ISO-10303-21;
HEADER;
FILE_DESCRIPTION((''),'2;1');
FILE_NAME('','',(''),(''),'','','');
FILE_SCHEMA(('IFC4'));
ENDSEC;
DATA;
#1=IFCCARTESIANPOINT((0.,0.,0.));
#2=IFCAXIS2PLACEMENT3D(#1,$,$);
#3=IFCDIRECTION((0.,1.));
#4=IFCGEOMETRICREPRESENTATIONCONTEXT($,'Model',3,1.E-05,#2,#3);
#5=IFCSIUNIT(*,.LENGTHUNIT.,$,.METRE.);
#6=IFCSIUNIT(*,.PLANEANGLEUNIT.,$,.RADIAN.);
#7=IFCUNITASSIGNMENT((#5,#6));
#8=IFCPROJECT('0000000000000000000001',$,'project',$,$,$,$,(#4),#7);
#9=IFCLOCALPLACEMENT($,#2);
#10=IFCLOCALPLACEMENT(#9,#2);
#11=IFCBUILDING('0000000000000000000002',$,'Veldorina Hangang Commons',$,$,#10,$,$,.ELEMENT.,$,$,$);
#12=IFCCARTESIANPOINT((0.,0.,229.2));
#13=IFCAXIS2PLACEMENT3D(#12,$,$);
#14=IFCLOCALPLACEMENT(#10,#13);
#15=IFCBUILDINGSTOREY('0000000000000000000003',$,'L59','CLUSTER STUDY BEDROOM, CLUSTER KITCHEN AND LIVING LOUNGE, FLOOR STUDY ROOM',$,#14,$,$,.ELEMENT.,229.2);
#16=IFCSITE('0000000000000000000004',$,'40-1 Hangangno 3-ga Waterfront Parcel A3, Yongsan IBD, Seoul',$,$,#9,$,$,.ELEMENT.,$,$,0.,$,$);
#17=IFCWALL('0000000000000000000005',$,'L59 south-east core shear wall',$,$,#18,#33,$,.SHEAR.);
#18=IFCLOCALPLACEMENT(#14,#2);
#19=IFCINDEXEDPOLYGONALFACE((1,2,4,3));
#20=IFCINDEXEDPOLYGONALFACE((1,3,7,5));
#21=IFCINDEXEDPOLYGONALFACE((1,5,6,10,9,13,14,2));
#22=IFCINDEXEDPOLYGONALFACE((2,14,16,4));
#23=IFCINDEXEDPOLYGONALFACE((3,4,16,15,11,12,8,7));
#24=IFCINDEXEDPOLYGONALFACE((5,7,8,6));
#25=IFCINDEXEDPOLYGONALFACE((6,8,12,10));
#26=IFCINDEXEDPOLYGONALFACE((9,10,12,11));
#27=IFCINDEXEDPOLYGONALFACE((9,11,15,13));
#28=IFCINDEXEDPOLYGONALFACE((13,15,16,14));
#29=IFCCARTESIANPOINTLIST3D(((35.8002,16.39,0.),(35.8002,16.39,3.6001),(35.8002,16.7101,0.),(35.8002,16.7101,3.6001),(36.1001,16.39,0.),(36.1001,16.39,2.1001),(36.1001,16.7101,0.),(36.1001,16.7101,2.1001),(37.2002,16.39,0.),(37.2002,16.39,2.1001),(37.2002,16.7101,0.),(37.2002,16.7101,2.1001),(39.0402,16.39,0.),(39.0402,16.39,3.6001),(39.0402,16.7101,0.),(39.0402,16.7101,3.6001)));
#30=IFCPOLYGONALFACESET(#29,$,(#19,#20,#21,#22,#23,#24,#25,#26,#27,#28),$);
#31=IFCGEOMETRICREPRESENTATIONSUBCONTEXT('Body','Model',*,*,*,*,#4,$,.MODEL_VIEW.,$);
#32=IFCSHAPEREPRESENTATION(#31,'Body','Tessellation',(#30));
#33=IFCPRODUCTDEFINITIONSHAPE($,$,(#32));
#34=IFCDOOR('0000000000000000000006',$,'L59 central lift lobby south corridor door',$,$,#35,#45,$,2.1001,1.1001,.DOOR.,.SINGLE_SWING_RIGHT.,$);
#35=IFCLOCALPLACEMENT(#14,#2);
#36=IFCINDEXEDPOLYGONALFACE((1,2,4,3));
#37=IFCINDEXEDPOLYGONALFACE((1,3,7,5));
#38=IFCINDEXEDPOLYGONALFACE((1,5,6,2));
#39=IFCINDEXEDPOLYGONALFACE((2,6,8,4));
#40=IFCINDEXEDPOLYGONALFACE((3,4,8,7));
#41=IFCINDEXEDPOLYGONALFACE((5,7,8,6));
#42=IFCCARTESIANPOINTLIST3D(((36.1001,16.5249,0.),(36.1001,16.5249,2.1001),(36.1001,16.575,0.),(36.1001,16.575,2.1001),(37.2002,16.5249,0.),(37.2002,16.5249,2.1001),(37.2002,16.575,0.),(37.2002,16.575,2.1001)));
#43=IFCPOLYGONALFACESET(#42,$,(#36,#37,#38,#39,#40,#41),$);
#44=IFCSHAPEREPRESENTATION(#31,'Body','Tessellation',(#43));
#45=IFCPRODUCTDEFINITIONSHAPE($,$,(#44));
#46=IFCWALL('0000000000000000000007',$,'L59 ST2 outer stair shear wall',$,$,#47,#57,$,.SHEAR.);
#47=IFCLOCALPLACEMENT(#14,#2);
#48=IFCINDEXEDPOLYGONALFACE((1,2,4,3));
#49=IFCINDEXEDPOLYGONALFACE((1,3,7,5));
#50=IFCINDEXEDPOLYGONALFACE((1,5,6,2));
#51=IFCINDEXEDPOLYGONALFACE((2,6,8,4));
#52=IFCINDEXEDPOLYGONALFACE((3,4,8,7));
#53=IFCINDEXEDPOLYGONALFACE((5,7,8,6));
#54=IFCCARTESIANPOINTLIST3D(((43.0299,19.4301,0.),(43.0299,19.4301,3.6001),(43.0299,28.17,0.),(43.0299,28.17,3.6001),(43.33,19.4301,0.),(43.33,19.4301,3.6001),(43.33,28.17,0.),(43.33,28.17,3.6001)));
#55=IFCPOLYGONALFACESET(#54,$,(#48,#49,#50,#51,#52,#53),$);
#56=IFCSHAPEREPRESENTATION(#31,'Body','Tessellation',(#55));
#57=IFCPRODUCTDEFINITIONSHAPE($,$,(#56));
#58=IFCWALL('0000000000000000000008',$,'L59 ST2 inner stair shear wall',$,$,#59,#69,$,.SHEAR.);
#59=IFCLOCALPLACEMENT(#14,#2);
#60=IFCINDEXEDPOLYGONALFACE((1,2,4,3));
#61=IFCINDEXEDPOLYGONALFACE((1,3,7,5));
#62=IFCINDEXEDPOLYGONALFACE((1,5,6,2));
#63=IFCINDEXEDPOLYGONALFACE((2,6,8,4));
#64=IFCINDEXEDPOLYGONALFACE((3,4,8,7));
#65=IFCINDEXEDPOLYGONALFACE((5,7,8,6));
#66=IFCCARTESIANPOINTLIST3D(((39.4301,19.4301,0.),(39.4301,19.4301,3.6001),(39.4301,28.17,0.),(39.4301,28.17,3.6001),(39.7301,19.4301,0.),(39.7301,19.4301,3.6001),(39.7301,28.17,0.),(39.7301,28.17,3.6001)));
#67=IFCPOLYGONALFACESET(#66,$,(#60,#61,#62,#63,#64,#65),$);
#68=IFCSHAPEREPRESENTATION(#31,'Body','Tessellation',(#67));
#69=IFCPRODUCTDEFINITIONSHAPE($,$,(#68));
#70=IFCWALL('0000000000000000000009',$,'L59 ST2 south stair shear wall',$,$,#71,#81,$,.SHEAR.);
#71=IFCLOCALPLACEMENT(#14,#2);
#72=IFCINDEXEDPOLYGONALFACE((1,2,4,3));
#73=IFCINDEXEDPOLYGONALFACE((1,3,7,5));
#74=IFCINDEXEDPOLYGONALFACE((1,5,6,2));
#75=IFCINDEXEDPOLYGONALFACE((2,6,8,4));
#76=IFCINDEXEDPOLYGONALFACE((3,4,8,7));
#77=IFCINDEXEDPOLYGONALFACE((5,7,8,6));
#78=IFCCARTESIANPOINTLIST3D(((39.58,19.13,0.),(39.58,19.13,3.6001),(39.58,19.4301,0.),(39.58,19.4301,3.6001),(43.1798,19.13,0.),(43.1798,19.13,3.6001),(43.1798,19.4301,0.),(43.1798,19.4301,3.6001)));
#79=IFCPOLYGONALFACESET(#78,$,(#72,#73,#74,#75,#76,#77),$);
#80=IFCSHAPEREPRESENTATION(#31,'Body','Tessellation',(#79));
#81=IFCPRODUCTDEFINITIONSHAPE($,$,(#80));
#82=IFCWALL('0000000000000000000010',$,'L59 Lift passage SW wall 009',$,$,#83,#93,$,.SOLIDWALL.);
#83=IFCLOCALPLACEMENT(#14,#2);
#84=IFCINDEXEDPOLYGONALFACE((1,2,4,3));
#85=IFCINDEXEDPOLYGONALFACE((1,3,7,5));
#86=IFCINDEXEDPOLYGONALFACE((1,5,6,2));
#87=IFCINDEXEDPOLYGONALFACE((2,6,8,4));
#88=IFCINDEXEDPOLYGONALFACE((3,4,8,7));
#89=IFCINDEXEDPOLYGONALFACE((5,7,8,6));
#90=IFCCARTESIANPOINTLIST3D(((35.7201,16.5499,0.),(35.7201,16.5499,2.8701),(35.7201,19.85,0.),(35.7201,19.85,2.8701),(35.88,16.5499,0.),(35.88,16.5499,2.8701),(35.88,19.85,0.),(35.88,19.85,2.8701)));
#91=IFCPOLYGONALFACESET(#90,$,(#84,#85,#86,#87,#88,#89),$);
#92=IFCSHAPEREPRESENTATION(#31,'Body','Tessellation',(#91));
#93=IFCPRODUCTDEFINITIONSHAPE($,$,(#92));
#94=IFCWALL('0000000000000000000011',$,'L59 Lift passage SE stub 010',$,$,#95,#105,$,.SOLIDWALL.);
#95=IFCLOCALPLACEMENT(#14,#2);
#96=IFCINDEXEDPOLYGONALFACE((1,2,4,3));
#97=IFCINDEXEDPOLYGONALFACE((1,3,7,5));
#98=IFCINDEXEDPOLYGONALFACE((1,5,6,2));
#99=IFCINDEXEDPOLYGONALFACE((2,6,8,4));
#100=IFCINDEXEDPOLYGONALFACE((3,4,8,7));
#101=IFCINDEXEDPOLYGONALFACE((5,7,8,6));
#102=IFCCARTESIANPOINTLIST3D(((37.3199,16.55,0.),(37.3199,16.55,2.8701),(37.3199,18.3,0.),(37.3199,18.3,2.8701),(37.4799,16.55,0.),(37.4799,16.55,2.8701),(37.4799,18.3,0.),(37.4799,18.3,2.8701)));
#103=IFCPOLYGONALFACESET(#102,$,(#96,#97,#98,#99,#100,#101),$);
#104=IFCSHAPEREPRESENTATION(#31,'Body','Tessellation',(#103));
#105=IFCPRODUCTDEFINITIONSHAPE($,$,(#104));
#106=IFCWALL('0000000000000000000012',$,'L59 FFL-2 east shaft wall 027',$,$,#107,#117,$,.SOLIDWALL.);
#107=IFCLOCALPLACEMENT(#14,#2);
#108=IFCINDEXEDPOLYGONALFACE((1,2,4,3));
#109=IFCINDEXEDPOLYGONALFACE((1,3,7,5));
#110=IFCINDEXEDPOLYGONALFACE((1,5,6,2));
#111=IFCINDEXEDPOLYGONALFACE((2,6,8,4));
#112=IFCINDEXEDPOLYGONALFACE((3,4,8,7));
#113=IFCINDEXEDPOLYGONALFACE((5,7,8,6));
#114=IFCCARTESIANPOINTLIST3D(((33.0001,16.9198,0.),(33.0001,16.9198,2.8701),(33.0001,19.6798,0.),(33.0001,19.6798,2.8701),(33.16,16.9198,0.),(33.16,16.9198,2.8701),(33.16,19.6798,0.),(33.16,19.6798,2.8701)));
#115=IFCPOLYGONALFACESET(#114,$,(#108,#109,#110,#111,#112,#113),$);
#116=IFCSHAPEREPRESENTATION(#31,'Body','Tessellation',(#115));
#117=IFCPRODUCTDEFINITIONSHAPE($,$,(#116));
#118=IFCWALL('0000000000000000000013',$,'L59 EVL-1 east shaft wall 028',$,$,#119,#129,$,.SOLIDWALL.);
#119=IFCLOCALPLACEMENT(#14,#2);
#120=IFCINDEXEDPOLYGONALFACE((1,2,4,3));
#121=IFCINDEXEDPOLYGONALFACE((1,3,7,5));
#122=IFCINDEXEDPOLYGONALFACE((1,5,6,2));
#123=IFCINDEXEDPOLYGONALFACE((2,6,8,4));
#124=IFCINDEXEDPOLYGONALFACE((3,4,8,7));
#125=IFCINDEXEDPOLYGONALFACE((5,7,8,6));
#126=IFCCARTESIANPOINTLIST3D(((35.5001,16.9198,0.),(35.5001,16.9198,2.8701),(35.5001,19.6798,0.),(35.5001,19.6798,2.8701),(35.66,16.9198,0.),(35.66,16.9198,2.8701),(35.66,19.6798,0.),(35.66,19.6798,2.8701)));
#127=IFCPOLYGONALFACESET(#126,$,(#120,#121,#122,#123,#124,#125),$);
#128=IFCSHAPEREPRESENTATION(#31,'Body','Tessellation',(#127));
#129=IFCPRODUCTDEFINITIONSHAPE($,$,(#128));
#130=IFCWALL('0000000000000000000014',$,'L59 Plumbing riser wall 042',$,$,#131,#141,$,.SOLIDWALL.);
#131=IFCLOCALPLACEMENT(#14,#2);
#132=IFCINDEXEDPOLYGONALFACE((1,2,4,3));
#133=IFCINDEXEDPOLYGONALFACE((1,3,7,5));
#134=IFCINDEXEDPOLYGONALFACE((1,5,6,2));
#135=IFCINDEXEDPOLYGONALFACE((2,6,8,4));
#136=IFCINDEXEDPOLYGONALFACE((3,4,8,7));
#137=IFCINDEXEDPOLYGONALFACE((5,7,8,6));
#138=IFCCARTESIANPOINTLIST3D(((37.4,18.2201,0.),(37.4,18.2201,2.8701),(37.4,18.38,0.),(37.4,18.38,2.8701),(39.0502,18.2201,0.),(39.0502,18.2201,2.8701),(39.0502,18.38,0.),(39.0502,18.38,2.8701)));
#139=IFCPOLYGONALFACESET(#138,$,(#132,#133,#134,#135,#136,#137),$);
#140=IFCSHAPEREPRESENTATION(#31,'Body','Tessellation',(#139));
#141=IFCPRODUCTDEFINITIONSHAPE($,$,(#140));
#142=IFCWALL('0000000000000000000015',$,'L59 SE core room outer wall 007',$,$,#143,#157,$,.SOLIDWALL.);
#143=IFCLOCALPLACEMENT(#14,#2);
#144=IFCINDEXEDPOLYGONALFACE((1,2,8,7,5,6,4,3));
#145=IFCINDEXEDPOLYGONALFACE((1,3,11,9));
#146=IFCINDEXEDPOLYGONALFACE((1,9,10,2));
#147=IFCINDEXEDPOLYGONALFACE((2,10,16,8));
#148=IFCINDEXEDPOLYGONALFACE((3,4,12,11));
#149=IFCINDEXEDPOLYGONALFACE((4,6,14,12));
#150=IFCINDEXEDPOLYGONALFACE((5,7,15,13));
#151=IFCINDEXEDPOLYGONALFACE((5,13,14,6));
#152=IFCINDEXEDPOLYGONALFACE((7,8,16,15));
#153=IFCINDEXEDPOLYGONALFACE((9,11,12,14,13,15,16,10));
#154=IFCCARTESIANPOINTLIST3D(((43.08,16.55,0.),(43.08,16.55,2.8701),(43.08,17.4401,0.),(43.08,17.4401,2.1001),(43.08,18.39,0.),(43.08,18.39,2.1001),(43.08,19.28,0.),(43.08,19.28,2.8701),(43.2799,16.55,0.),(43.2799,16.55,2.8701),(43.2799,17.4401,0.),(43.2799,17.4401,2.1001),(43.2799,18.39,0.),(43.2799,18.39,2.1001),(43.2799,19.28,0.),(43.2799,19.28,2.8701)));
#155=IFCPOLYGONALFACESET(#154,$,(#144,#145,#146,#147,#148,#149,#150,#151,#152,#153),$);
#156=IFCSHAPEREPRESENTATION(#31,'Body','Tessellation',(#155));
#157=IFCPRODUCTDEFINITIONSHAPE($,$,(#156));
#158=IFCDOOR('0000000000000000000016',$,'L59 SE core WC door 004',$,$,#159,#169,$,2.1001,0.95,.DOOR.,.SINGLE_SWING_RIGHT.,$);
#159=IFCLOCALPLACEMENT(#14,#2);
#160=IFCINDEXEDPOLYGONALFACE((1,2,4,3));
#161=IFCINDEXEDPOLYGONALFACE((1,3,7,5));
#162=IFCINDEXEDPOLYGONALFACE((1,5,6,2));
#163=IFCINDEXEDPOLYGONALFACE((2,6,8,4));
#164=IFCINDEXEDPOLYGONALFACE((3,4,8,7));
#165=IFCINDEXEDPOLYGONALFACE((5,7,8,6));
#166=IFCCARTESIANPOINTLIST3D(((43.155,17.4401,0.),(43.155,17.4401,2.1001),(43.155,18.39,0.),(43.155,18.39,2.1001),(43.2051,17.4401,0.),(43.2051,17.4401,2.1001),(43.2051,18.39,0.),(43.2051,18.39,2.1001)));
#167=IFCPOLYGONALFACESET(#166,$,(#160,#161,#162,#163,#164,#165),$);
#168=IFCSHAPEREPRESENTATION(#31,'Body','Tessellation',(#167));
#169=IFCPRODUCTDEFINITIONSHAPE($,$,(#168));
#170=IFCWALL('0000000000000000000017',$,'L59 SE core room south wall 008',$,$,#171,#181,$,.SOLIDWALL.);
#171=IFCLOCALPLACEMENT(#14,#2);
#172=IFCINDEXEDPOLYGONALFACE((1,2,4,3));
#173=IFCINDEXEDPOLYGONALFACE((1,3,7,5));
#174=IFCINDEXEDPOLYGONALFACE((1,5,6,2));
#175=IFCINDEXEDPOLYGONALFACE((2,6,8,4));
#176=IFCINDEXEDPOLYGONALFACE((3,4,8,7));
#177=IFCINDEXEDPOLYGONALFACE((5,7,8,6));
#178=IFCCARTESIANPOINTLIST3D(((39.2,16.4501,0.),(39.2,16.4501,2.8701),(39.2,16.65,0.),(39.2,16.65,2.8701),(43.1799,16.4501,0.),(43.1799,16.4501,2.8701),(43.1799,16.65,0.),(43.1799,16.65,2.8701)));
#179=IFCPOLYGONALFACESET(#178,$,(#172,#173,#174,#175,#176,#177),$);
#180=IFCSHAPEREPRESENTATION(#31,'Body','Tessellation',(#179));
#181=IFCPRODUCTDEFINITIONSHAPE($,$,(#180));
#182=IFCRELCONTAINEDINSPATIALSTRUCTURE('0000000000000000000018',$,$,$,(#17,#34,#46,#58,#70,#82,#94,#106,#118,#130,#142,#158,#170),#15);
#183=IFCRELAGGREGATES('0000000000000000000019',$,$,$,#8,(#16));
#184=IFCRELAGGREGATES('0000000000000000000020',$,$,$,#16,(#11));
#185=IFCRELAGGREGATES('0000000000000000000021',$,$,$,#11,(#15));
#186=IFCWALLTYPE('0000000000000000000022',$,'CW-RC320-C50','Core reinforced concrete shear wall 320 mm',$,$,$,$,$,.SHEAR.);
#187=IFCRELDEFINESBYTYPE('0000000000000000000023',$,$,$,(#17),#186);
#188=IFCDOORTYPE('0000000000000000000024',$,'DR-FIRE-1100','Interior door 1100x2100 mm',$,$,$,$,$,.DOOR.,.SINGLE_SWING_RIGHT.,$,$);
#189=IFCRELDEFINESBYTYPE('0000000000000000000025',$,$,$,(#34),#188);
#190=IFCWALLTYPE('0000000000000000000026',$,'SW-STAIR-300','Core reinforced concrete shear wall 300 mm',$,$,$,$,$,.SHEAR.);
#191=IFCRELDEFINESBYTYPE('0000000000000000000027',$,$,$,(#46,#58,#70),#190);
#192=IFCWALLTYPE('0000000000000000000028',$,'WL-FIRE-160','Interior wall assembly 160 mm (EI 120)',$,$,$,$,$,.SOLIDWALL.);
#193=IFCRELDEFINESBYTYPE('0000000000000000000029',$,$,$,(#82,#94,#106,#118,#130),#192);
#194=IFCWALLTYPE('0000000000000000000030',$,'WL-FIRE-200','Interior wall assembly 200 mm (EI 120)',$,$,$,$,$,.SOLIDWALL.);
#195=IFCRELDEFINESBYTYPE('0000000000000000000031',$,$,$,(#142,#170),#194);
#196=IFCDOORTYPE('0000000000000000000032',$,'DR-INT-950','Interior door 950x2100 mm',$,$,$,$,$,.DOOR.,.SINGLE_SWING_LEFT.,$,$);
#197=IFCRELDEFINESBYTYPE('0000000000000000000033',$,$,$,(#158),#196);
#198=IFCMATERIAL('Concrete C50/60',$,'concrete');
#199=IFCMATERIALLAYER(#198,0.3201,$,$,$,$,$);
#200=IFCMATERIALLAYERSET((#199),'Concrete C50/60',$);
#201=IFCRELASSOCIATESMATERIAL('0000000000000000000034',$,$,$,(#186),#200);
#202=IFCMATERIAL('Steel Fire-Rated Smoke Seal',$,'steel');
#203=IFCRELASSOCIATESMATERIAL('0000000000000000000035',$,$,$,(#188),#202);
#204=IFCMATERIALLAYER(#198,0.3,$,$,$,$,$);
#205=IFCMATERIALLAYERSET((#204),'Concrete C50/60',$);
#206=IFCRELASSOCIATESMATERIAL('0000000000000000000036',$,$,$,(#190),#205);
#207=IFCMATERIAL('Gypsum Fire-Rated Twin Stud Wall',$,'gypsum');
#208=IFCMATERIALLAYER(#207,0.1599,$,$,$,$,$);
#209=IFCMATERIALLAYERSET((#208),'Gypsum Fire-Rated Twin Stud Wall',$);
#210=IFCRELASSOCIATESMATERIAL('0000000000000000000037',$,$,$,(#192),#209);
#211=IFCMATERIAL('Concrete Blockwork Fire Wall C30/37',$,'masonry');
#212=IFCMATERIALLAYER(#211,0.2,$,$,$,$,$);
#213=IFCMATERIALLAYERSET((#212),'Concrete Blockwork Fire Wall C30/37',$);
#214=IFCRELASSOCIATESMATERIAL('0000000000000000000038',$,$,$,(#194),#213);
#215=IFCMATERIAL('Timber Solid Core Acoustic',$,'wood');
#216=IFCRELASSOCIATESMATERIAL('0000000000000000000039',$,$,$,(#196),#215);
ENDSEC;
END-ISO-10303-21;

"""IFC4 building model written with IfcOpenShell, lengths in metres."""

from ifc_helpers import new_model, si_unit, direction, frame, frame_2d, origin, place, context, subcontext, project, spatial, rectangle, extrude, material, layer, layer_set, type_object, element, fill, save


model = new_model("IFC4")

# Units and contexts
model_context = context("Model", 3, precision=1e-05, world=origin(), true_north=direction((0.0, 1.0)))
body_context = subcontext(model_context, "Body", "Model", "MODEL_VIEW")
ifc_project = project(units=[si_unit("LENGTHUNIT", "METRE"), si_unit("PLANEANGLEUNIT", "RADIAN")], contexts=[model_context])

# Site, building, storey
site_placement = place(None, origin())
site = spatial("IfcSite", under=ifc_project, at=site_placement, Name="40-1 Hangangno 3-ga Waterfront Parcel A3, Yongsan IBD, Seoul", CompositionType="ELEMENT", RefElevation=0.0)
building_placement = place(site_placement, origin())
building = spatial("IfcBuilding", under=site, at=building_placement, Name="Veldorina Hangang Commons", CompositionType="ELEMENT")
storey_placement = place(building_placement, frame((0.0, 0.0, 229.2)))
storey = spatial("IfcBuildingStorey", under=building, at=storey_placement, Name="L59", Description="CLUSTER STUDY BEDROOM, CLUSTER KITCHEN AND LIVING LOUNGE, FLOOR STUDY ROOM", CompositionType="ELEMENT", Elevation=229.2)

# Shared definitions
ifc_material_1 = material(Name="Concrete C50/60", Category="concrete")

# Shared definitions
ifc_layer_1 = layer(ifc_material_1, 0.3201)
ifc_layer_set_1 = layer_set([ifc_layer_1], Name="Concrete C50/60")
wall_type_1 = type_object("IfcWallType", Name="CW-RC320-C50", Description="Core reinforced concrete shear wall 320 mm", PredefinedType="SHEAR", material=ifc_layer_set_1)

# Wall, opening, door
wall_1_placement = place(storey_placement, frame((35.8, 16.55, 0.0), z_axis=(0.0, 0.0, 1.0), x_axis=(1.0, 0.0, 0.0)))
wall_1 = element("IfcWall", 1, at=wall_1_placement, inside=storey, type_object=wall_type_1, Name="L59 south-east core shear wall", PredefinedType="SHEAR", context=body_context, shape_type="SweptSolid", body=[
    extrude(rectangle(XDim=3.24, YDim=0.3201, at=frame_2d((1.6201, 0.0))), origin(), (0.0, 0.0, 1.0), 3.6001),
])
opening_1_placement = place(wall_1_placement, frame((0.3, 0.0, 0.0)))
opening_1 = element("IfcOpeningElement", 2, at=opening_1_placement, cuts=wall_1, PredefinedType="OPENING", context=body_context, shape_type="SweptSolid", body=[
    extrude(rectangle(XDim=1.1001, YDim=2.1001, at=frame_2d((0.55, 1.05))), frame((0.0, 0.1699, 0.0), z_axis=(0.0, -1.0, 0.0), x_axis=(1.0, 0.0, 0.0)), (0.0, 0.0, 1.0), 0.3401),
])
ifc_material_2 = material(Name="Steel Fire-Rated Smoke Seal", Category="steel")
door_type_1 = type_object("IfcDoorType", Name="DR-FIRE-1100", Description="Interior door 1100x2100 mm", OperationType="SINGLE_SWING_RIGHT", PredefinedType="DOOR", material=ifc_material_2)
door_1_placement = place(opening_1_placement, origin())
door_1 = element("IfcDoor", 3, at=door_1_placement, inside=storey, type_object=door_type_1, Name="L59 central lift lobby south corridor door", OperationType="SINGLE_SWING_RIGHT", OverallHeight=2.1001, OverallWidth=1.1001, PredefinedType="DOOR", context=body_context, shape_type="SweptSolid", body=[
    extrude(rectangle(XDim=1.1001, YDim=2.1001, at=frame_2d((0.55, 1.05))), frame((0.0, 0.0249, 0.0), z_axis=(0.0, -1.0, 0.0), x_axis=(1.0, 0.0, 0.0)), (0.0, 0.0, 1.0), 0.05),
])
fill(opening_1, door_1)

# Walls
ifc_layer_2 = layer(ifc_material_1, 0.3)
ifc_layer_set_2 = layer_set([ifc_layer_2], Name="Concrete C50/60")
wall_type_2 = type_object("IfcWallType", Name="SW-STAIR-300", Description="Core reinforced concrete shear wall 300 mm", PredefinedType="SHEAR", material=ifc_layer_set_2)
for number, where, z_axis, x_axis, name in (
    (4, (43.1799, 19.4299, 0.0), (0.0, 0.0, 1.0), (0.0, 1.0, 0.0), "L59 ST2 outer stair shear wall"),
    (5, (39.5801, 19.4299, 0.0), (0.0, 0.0, 1.0), (0.0, 1.0, 0.0), "L59 ST2 inner stair shear wall"),
):
    element("IfcWall", number, at=place(storey_placement, frame(where, z_axis=z_axis, x_axis=x_axis)), inside=storey, type_object=wall_type_2, Name=name, PredefinedType="SHEAR", context=body_context, shape_type="SweptSolid", body=[
        extrude(rectangle(XDim=8.74, YDim=0.3, at=frame_2d((4.3701, 0.0))), origin(), (0.0, 0.0, 1.0), 3.6001),
    ])
wall_2_placement = place(storey_placement, frame((39.5801, 19.28, 0.0), z_axis=(0.0, 0.0, 1.0), x_axis=(1.0, 0.0, 0.0)))
element("IfcWall", 6, at=wall_2_placement, inside=storey, type_object=wall_type_2, Name="L59 ST2 south stair shear wall", PredefinedType="SHEAR", context=body_context, shape_type="SweptSolid", body=[
    extrude(rectangle(XDim=3.5999, YDim=0.3, at=frame_2d((1.7998, 0.0))), origin(), (0.0, 0.0, 1.0), 3.6001),
])
ifc_material_3 = material(Name="Gypsum Fire-Rated Twin Stud Wall", Category="gypsum")
ifc_layer_3 = layer(ifc_material_3, 0.1599)
ifc_layer_set_3 = layer_set([ifc_layer_3], Name="Gypsum Fire-Rated Twin Stud Wall")
wall_type_3 = type_object("IfcWallType", Name="WL-FIRE-160", Description="Interior wall assembly 160 mm (EI 120)", PredefinedType="SOLIDWALL", material=ifc_layer_set_3)
wall_3_placement = place(storey_placement, frame((35.8, 16.55, 0.0), z_axis=(0.0, 0.0, 1.0), x_axis=(0.0, 1.0, 0.0)))
element("IfcWall", 7, at=wall_3_placement, inside=storey, type_object=wall_type_3, Name="L59 Lift passage SW wall 009", PredefinedType="SOLIDWALL", context=body_context, shape_type="SweptSolid", body=[
    extrude(rectangle(XDim=3.3, YDim=0.1599, at=frame_2d((1.6499, 0.0))), origin(), (0.0, 0.0, 1.0), 2.8701),
])
wall_4_placement = place(storey_placement, frame((37.3999, 16.55, 0.0), z_axis=(0.0, 0.0, 1.0), x_axis=(0.0, 1.0, 0.0)))
element("IfcWall", 8, at=wall_4_placement, inside=storey, type_object=wall_type_3, Name="L59 Lift passage SE stub 010", PredefinedType="SOLIDWALL", context=body_context, shape_type="SweptSolid", body=[
    extrude(rectangle(XDim=1.75, YDim=0.1599, at=frame_2d((0.875, 0.0))), origin(), (0.0, 0.0, 1.0), 2.8701),
])
for number, where, z_axis, x_axis, name in (
    (9, (33.0801, 16.9199, 0.0), (0.0, 0.0, 1.0), (0.0, 1.0, 0.0), "L59 FFL-2 east shaft wall 027"),
    (10, (35.5801, 16.9199, 0.0), (0.0, 0.0, 1.0), (0.0, 1.0, 0.0), "L59 EVL-1 east shaft wall 028"),
):
    element("IfcWall", number, at=place(storey_placement, frame(where, z_axis=z_axis, x_axis=x_axis)), inside=storey, type_object=wall_type_3, Name=name, PredefinedType="SOLIDWALL", context=body_context, shape_type="SweptSolid", body=[
        extrude(rectangle(XDim=2.76, YDim=0.1599, at=frame_2d((1.3799, 0.0))), origin(), (0.0, 0.0, 1.0), 2.8701),
    ])
wall_5_placement = place(storey_placement, frame((37.3999, 18.3, 0.0), z_axis=(0.0, 0.0, 1.0), x_axis=(1.0, 0.0, 0.0)))
element("IfcWall", 11, at=wall_5_placement, inside=storey, type_object=wall_type_3, Name="L59 Plumbing riser wall 042", PredefinedType="SOLIDWALL", context=body_context, shape_type="SweptSolid", body=[
    extrude(rectangle(XDim=1.6501, YDim=0.1599, at=frame_2d((0.8252, 0.0))), origin(), (0.0, 0.0, 1.0), 2.8701),
])

# Wall, opening, door
ifc_material_4 = material(Name="Concrete Blockwork Fire Wall C30/37", Category="masonry")
ifc_layer_4 = layer(ifc_material_4, 0.2)
ifc_layer_set_4 = layer_set([ifc_layer_4], Name="Concrete Blockwork Fire Wall C30/37")
wall_type_4 = type_object("IfcWallType", Name="WL-FIRE-200", Description="Interior wall assembly 200 mm (EI 120)", PredefinedType="SOLIDWALL", material=ifc_layer_set_4)
wall_6_placement = place(storey_placement, frame((43.1799, 16.55, 0.0), z_axis=(0.0, 0.0, 1.0), x_axis=(0.0, 1.0, 0.0)))
wall_6 = element("IfcWall", 12, at=wall_6_placement, inside=storey, type_object=wall_type_4, Name="L59 SE core room outer wall 007", PredefinedType="SOLIDWALL", context=body_context, shape_type="SweptSolid", body=[
    extrude(rectangle(XDim=2.73, YDim=0.2, at=frame_2d((1.365, 0.0))), origin(), (0.0, 0.0, 1.0), 2.8701),
])
opening_2_placement = place(wall_6_placement, frame((0.8899, 0.0, 0.0)))
opening_2 = element("IfcOpeningElement", 13, at=opening_2_placement, cuts=wall_6, PredefinedType="OPENING", context=body_context, shape_type="SweptSolid", body=[
    extrude(rectangle(XDim=0.95, YDim=2.1001, at=frame_2d((0.4751, 1.05))), frame((0.0, 0.1099, 0.0), z_axis=(0.0, -1.0, 0.0), x_axis=(1.0, 0.0, 0.0)), (0.0, 0.0, 1.0), 0.22),
])
ifc_material_5 = material(Name="Timber Solid Core Acoustic", Category="wood")
door_type_2 = type_object("IfcDoorType", Name="DR-INT-950", Description="Interior door 950x2100 mm", OperationType="SINGLE_SWING_LEFT", PredefinedType="DOOR", material=ifc_material_5)
door_2_placement = place(opening_2_placement, origin())
door_2 = element("IfcDoor", 14, at=door_2_placement, inside=storey, type_object=door_type_2, Name="L59 SE core WC door 004", OperationType="SINGLE_SWING_RIGHT", OverallHeight=2.1001, OverallWidth=0.95, PredefinedType="DOOR", context=body_context, shape_type="SweptSolid", body=[
    extrude(rectangle(XDim=0.95, YDim=2.1001, at=frame_2d((0.4751, 1.05))), frame((0.0, 0.0249, 0.0), z_axis=(0.0, -1.0, 0.0), x_axis=(1.0, 0.0, 0.0)), (0.0, 0.0, 1.0), 0.05),
])
fill(opening_2, door_2)

# Wall
wall_7_placement = place(storey_placement, frame((39.2, 16.55, 0.0), z_axis=(0.0, 0.0, 1.0), x_axis=(1.0, 0.0, 0.0)))
element("IfcWall", 15, at=wall_7_placement, inside=storey, type_object=wall_type_4, Name="L59 SE core room south wall 008", PredefinedType="SOLIDWALL", context=body_context, shape_type="SweptSolid", body=[
    extrude(rectangle(XDim=3.98, YDim=0.2, at=frame_2d((1.99, 0.0))), origin(), (0.0, 0.0, 1.0), 2.8701),
])

save(model, "model.ifc")
